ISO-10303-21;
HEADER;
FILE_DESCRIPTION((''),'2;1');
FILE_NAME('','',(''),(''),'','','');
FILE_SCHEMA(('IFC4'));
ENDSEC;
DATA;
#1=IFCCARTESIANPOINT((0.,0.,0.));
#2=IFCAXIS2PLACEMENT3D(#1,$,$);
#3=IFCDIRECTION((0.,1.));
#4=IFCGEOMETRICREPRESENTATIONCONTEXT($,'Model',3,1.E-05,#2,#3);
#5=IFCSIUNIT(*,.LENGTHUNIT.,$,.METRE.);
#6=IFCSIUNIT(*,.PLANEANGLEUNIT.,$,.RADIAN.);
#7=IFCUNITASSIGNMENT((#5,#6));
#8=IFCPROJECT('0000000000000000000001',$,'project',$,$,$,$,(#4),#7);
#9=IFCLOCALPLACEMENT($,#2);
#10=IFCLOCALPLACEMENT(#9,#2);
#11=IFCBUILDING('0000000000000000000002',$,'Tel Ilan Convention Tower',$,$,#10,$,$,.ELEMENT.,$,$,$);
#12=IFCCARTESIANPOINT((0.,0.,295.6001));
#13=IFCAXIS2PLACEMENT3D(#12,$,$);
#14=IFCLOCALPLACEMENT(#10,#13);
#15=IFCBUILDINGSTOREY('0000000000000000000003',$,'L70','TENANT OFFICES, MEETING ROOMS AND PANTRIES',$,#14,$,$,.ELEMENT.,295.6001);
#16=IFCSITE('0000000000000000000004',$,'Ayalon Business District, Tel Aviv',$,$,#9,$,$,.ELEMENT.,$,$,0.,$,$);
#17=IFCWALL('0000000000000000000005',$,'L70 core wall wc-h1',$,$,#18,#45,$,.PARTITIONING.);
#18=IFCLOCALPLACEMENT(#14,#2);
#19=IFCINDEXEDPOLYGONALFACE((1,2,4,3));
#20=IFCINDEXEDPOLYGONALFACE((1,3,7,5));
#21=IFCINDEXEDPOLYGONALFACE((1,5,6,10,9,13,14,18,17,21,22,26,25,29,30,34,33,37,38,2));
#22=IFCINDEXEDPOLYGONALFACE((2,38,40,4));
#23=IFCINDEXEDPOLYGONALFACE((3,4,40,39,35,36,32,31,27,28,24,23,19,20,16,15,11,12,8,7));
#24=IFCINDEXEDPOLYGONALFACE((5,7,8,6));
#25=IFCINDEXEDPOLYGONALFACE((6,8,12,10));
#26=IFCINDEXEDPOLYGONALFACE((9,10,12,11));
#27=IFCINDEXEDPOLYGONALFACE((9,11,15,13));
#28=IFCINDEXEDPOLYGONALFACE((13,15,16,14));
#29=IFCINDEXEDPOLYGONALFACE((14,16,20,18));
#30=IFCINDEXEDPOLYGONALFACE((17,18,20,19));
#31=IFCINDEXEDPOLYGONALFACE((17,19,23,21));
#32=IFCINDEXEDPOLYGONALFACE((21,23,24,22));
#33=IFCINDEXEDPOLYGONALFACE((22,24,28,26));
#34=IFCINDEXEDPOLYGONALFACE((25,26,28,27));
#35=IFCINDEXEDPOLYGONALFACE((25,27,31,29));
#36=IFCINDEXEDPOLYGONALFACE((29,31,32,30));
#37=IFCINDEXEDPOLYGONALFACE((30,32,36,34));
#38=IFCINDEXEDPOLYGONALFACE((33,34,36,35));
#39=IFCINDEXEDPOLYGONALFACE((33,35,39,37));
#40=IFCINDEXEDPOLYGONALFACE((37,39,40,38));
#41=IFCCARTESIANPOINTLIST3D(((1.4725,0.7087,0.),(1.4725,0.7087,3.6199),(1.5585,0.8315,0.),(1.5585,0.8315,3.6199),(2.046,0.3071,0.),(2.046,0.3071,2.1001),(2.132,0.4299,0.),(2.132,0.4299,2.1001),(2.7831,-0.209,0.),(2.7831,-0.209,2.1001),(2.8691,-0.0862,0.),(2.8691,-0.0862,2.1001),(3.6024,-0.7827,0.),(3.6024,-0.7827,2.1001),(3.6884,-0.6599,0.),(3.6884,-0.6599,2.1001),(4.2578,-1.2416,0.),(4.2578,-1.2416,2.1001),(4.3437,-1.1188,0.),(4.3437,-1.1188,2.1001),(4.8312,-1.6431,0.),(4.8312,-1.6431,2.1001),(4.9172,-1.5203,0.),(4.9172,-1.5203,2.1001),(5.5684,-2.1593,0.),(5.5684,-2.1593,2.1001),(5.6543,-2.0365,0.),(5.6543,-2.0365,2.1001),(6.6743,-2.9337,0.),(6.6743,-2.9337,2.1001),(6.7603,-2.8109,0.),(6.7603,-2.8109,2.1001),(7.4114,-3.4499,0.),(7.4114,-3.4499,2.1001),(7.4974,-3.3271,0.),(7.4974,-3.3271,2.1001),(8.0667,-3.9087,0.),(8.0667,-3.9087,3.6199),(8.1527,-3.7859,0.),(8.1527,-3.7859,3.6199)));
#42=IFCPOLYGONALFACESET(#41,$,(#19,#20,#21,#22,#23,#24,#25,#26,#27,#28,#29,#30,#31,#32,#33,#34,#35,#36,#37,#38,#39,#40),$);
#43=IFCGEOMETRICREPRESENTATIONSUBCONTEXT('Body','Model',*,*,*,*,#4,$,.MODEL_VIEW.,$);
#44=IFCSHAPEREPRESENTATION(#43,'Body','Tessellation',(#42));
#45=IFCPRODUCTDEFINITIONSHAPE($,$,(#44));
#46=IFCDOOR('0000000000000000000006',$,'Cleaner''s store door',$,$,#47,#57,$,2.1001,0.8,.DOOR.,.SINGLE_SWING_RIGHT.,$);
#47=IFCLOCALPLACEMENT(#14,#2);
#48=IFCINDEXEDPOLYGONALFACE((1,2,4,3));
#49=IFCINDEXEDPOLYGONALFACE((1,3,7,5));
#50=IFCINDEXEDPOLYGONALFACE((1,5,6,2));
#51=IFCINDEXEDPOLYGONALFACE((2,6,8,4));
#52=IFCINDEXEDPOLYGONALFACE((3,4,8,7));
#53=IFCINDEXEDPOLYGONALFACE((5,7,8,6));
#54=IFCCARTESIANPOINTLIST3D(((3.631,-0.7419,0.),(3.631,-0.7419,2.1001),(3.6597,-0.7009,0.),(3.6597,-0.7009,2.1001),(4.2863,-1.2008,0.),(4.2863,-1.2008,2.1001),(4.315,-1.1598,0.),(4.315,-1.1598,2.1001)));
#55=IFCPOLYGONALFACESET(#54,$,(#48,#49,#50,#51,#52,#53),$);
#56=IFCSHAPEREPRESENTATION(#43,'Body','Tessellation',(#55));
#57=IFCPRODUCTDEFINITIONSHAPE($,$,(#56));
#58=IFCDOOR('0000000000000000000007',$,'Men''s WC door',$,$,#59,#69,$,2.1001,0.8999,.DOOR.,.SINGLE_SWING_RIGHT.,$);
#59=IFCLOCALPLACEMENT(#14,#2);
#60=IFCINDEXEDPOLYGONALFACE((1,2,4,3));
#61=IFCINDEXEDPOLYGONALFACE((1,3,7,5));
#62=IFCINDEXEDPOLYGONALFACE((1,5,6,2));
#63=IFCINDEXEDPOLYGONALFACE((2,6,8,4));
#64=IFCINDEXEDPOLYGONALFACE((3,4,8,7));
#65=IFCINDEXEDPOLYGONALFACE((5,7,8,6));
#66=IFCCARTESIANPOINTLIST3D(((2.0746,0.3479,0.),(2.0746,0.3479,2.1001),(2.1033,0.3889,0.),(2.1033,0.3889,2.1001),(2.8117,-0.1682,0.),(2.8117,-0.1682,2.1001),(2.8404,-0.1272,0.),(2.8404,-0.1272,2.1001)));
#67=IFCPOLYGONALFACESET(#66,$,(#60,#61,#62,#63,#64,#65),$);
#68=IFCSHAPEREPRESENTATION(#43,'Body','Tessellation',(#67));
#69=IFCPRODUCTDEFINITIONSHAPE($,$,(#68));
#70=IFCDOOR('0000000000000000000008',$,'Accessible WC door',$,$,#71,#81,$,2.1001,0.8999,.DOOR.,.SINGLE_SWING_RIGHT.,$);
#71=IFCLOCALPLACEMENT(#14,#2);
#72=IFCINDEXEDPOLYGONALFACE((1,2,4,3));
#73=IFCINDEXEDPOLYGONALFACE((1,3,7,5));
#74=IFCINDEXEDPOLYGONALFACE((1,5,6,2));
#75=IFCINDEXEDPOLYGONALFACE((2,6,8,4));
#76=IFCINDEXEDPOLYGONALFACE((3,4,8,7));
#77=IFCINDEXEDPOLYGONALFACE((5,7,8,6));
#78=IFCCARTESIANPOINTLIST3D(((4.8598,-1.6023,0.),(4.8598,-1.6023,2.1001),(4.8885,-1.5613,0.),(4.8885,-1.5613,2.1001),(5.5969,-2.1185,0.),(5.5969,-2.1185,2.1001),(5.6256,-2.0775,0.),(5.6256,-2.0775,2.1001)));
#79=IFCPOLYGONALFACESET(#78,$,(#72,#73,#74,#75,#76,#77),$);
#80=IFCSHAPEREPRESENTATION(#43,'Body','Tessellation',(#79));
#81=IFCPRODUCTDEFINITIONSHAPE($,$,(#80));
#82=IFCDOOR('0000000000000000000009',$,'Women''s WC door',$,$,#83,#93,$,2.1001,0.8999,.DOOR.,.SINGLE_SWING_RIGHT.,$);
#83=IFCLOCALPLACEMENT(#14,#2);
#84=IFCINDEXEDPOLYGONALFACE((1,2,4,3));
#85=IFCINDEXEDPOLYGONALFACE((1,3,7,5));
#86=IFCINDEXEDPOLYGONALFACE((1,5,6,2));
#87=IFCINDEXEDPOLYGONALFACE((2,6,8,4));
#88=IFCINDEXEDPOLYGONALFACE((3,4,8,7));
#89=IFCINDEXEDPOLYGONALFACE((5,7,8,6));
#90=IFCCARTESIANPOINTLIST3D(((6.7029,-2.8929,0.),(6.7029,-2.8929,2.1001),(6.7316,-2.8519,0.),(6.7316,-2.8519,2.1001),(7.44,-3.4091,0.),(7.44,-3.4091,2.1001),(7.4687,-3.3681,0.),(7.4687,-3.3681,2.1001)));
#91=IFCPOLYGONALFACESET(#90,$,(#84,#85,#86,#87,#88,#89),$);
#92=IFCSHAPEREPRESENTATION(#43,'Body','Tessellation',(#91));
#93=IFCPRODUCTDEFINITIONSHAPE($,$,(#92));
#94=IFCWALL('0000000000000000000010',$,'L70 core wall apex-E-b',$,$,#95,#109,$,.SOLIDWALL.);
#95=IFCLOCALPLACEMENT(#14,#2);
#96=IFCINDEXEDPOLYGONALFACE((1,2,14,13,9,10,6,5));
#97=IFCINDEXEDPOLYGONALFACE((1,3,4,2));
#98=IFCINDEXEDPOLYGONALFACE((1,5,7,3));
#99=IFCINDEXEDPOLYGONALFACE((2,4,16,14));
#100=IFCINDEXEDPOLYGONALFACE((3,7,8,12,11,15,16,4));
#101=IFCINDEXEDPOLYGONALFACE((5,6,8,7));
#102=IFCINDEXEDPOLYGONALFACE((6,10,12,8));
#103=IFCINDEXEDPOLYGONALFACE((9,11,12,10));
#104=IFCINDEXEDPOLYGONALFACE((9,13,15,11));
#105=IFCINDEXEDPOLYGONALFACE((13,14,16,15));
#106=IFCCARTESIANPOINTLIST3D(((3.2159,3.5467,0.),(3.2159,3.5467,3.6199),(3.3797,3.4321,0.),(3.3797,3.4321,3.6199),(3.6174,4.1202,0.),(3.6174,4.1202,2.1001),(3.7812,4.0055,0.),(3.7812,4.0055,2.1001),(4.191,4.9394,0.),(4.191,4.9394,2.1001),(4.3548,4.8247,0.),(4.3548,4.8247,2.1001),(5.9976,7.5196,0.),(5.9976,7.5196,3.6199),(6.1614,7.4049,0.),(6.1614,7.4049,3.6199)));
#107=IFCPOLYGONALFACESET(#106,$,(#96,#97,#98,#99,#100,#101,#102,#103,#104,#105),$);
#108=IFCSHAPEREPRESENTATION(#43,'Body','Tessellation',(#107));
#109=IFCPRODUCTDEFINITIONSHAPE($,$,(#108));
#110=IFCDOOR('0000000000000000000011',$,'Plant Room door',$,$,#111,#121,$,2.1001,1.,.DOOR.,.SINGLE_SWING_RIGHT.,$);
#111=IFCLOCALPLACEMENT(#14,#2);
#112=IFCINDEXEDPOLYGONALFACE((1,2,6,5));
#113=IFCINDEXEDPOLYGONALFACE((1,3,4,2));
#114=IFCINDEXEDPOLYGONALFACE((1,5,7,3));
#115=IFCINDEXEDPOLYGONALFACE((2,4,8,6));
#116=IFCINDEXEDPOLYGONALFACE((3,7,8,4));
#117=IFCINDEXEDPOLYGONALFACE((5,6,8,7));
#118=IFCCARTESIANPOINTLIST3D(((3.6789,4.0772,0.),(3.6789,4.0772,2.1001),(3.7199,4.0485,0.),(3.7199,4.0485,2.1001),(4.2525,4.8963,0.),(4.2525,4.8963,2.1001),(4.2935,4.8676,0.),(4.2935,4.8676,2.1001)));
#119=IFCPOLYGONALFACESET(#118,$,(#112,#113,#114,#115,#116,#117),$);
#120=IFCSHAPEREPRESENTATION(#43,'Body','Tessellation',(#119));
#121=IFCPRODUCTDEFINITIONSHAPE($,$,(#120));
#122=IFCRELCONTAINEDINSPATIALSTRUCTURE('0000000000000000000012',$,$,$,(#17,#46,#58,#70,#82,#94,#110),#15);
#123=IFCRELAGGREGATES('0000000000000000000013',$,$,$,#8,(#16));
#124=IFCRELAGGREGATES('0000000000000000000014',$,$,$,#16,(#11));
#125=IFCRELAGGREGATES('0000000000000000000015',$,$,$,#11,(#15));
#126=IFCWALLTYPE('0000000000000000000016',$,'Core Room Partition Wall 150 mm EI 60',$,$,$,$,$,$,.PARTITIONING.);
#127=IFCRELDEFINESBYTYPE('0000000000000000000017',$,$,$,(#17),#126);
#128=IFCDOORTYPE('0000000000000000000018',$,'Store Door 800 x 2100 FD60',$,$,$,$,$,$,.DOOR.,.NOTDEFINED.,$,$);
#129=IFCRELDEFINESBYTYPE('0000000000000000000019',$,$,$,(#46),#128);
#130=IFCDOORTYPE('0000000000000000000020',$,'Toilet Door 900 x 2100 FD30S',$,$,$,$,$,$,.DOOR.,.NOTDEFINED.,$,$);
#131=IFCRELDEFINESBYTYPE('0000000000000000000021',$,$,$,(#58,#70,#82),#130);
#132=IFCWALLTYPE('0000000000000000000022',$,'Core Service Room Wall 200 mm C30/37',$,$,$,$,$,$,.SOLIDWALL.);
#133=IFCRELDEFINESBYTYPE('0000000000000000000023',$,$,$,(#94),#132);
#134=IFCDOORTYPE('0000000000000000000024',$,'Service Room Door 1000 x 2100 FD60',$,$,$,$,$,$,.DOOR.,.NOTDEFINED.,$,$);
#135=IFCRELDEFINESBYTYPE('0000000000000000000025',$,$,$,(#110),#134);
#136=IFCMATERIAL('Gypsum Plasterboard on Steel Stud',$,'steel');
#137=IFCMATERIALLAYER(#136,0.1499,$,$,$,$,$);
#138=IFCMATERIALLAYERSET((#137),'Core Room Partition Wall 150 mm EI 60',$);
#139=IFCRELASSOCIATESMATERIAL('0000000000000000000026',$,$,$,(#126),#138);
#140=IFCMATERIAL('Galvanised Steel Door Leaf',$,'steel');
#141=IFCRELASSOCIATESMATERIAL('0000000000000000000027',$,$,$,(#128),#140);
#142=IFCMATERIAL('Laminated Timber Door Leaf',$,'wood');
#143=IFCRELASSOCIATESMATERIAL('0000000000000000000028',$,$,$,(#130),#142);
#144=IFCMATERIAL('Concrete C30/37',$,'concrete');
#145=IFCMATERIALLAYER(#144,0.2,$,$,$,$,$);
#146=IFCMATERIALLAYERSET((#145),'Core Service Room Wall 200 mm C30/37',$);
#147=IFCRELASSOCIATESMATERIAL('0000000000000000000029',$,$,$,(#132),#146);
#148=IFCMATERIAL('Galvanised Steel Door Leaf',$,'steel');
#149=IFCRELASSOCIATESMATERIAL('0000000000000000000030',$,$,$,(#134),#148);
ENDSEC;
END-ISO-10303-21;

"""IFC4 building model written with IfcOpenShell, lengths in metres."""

from ifc_helpers import new_model, si_unit, direction, frame, frame_2d, origin, place, context, subcontext, project, spatial, rectangle, extrude, material, layer, layer_set, type_object, element, fill, save


model = new_model("IFC4")

# Units and contexts
model_context = context("Model", 3, precision=1e-05, world=origin(), true_north=direction((0.0, 1.0)))
body_context = subcontext(model_context, "Body", "Model", "MODEL_VIEW")
ifc_project = project(units=[si_unit("LENGTHUNIT", "METRE"), si_unit("PLANEANGLEUNIT", "RADIAN")], contexts=[model_context])

# Site, building, storey
site_placement = place(None, origin())
site = spatial("IfcSite", under=ifc_project, at=site_placement, Name="Ayalon Business District, Tel Aviv", CompositionType="ELEMENT", RefElevation=0.0)
building_placement = place(site_placement, origin())
building = spatial("IfcBuilding", under=site, at=building_placement, Name="Tel Ilan Convention Tower", CompositionType="ELEMENT")
storey_placement = place(building_placement, frame((0.0, 0.0, 295.6001)))
storey = spatial("IfcBuildingStorey", under=building, at=storey_placement, Name="L70", Description="TENANT OFFICES, MEETING ROOMS AND PANTRIES", CompositionType="ELEMENT", Elevation=295.6001)

# Wall, openings, doors
ifc_material_1 = material(Name="Gypsum Plasterboard on Steel Stud", Category="steel")
ifc_layer_1 = layer(ifc_material_1, 0.1499)
ifc_layer_set_1 = layer_set([ifc_layer_1], Name="Core Room Partition Wall 150 mm EI 60")
wall_type_1 = type_object("IfcWallType", Name="Core Room Partition Wall 150 mm EI 60", PredefinedType="PARTITIONING", material=ifc_layer_set_1)
wall_1_placement = place(storey_placement, frame((1.5156, 0.77, 0.0), z_axis=(0.0, 0.0, 1.0), x_axis=(0.819146, -0.573584, 0.0)))
wall_1 = element("IfcWall", 1, at=wall_1_placement, inside=storey, type_object=wall_type_1, Name="L70 core wall wc-h1", PredefinedType="PARTITIONING", context=body_context, shape_type="SweptSolid", body=[
    extrude(rectangle(XDim=8.05, YDim=0.1499, at=frame_2d((4.0249, 0.0))), origin(), (0.0, 0.0, 1.0), 3.6199),
])
opening_1_placement = place(wall_1_placement, frame((0.7, 0.0, 0.0)))
opening_1 = element("IfcOpeningElement", 2, at=opening_1_placement, cuts=wall_1, PredefinedType="OPENING", context=body_context, shape_type="SweptSolid", body=[
    extrude(rectangle(XDim=0.8999, YDim=2.1001, at=frame_2d((0.45, 1.05))), frame((0.0, 0.085, 0.0), z_axis=(0.0, -1.0, 0.0), x_axis=(1.0, 0.0, 0.0)), (0.0, 0.0, 1.0), 0.1699),
])
opening_2_placement = place(wall_1_placement, frame((2.6001, 0.0, 0.0)))
opening_2 = element("IfcOpeningElement", 3, at=opening_2_placement, cuts=wall_1, PredefinedType="OPENING", context=body_context, shape_type="SweptSolid", body=[
    extrude(rectangle(XDim=0.8, YDim=2.1001, at=frame_2d((0.3999, 1.05))), frame((0.0, 0.085, 0.0), z_axis=(0.0, -1.0, 0.0), x_axis=(1.0, 0.0, 0.0)), (0.0, 0.0, 1.0), 0.1699),
])
opening_3_placement = place(wall_1_placement, frame((4.1001, 0.0, 0.0)))
opening_3 = element("IfcOpeningElement", 4, at=opening_3_placement, cuts=wall_1, PredefinedType="OPENING", context=body_context, shape_type="SweptSolid", body=[
    extrude(rectangle(XDim=0.8999, YDim=2.1001, at=frame_2d((0.45, 1.05))), frame((0.0, 0.085, 0.0), z_axis=(0.0, -1.0, 0.0), x_axis=(1.0, 0.0, 0.0)), (0.0, 0.0, 1.0), 0.1699),
])
opening_4_placement = place(wall_1_placement, frame((6.3501, 0.0, 0.0)))
opening_4 = element("IfcOpeningElement", 5, at=opening_4_placement, cuts=wall_1, PredefinedType="OPENING", context=body_context, shape_type="SweptSolid", body=[
    extrude(rectangle(XDim=0.8999, YDim=2.1001, at=frame_2d((0.45, 1.05))), frame((0.0, 0.085, 0.0), z_axis=(0.0, -1.0, 0.0), x_axis=(1.0, 0.0, 0.0)), (0.0, 0.0, 1.0), 0.1699),
])
ifc_material_2 = material(Name="Galvanised Steel Door Leaf", Category="steel")
door_type_1 = type_object("IfcDoorType", Name="Store Door 800 x 2100 FD60", OperationType="NOTDEFINED", PredefinedType="DOOR", material=ifc_material_2)
door_1_placement = place(opening_2_placement, origin())
door_1 = element("IfcDoor", 6, at=door_1_placement, inside=storey, type_object=door_type_1, Name="Cleaner's store door", OperationType="SINGLE_SWING_RIGHT", OverallHeight=2.1001, OverallWidth=0.8, PredefinedType="DOOR", context=body_context, shape_type="SweptSolid", body=[
    extrude(rectangle(XDim=0.8, YDim=2.1001, at=frame_2d((0.3999, 1.05))), frame((0.0, 0.0249, 0.0), z_axis=(0.0, -1.0, 0.0), x_axis=(1.0, 0.0, 0.0)), (0.0, 0.0, 1.0), 0.05),
])
fill(opening_2, door_1)
ifc_material_3 = material(Name="Laminated Timber Door Leaf", Category="wood")
door_type_2 = type_object("IfcDoorType", Name="Toilet Door 900 x 2100 FD30S", OperationType="NOTDEFINED", PredefinedType="DOOR", material=ifc_material_3)
door_2_placement = place(opening_1_placement, origin())
door_2 = element("IfcDoor", 7, at=door_2_placement, inside=storey, type_object=door_type_2, Name="Men's WC door", OperationType="SINGLE_SWING_RIGHT", OverallHeight=2.1001, OverallWidth=0.8999, PredefinedType="DOOR", context=body_context, shape_type="SweptSolid", body=[
    extrude(rectangle(XDim=0.8999, YDim=2.1001, at=frame_2d((0.45, 1.05))), frame((0.0, 0.0249, 0.0), z_axis=(0.0, -1.0, 0.0), x_axis=(1.0, 0.0, 0.0)), (0.0, 0.0, 1.0), 0.05),
])
fill(opening_1, door_2)
door_3_placement = place(opening_3_placement, origin())
door_3 = element("IfcDoor", 8, at=door_3_placement, inside=storey, type_object=door_type_2, Name="Accessible WC door", OperationType="SINGLE_SWING_RIGHT", OverallHeight=2.1001, OverallWidth=0.8999, PredefinedType="DOOR", context=body_context, shape_type="SweptSolid", body=[
    extrude(rectangle(XDim=0.8999, YDim=2.1001, at=frame_2d((0.45, 1.05))), frame((0.0, 0.0249, 0.0), z_axis=(0.0, -1.0, 0.0), x_axis=(1.0, 0.0, 0.0)), (0.0, 0.0, 1.0), 0.05),
])
fill(opening_3, door_3)
door_4_placement = place(opening_4_placement, origin())
door_4 = element("IfcDoor", 9, at=door_4_placement, inside=storey, type_object=door_type_2, Name="Women's WC door", OperationType="SINGLE_SWING_RIGHT", OverallHeight=2.1001, OverallWidth=0.8999, PredefinedType="DOOR", context=body_context, shape_type="SweptSolid", body=[
    extrude(rectangle(XDim=0.8999, YDim=2.1001, at=frame_2d((0.45, 1.05))), frame((0.0, 0.0249, 0.0), z_axis=(0.0, -1.0, 0.0), x_axis=(1.0, 0.0, 0.0)), (0.0, 0.0, 1.0), 0.05),
])
fill(opening_4, door_4)

# Wall, opening, door
ifc_material_4 = material(Name="Concrete C30/37", Category="concrete")
ifc_layer_2 = layer(ifc_material_4, 0.2)
ifc_layer_set_2 = layer_set([ifc_layer_2], Name="Core Service Room Wall 200 mm C30/37")
wall_type_2 = type_object("IfcWallType", Name="Core Service Room Wall 200 mm C30/37", PredefinedType="SOLIDWALL", material=ifc_layer_set_2)
wall_2_placement = place(storey_placement, frame((3.2979, 3.4895, 0.0), z_axis=(0.0, 0.0, 1.0), x_axis=(0.57356, 0.819163, 0.0)))
wall_2 = element("IfcWall", 10, at=wall_2_placement, inside=storey, type_object=wall_type_2, Name="L70 core wall apex-E-b", PredefinedType="SOLIDWALL", context=body_context, shape_type="SweptSolid", body=[
    extrude(rectangle(XDim=4.8499, YDim=0.2, at=frame_2d((2.4248, 0.0))), origin(), (0.0, 0.0, 1.0), 3.6199),
])
opening_5_placement = place(wall_2_placement, frame((0.7, 0.0, 0.0)))
opening_5 = element("IfcOpeningElement", 11, at=opening_5_placement, cuts=wall_2, PredefinedType="OPENING", context=body_context, shape_type="SweptSolid", body=[
    extrude(rectangle(XDim=1.0, YDim=2.1001, at=frame_2d((0.5, 1.05))), frame((0.0, 0.1099, 0.0), z_axis=(0.0, -1.0, 0.0), x_axis=(1.0, 0.0, 0.0)), (0.0, 0.0, 1.0), 0.22),
])
ifc_material_5 = material(Name="Galvanised Steel Door Leaf", Category="steel")
door_type_3 = type_object("IfcDoorType", Name="Service Room Door 1000 x 2100 FD60", OperationType="NOTDEFINED", PredefinedType="DOOR", material=ifc_material_5)
door_5_placement = place(opening_5_placement, origin())
door_5 = element("IfcDoor", 12, at=door_5_placement, inside=storey, type_object=door_type_3, Name="Plant Room door", OperationType="SINGLE_SWING_RIGHT", OverallHeight=2.1001, OverallWidth=1.0, PredefinedType="DOOR", context=body_context, shape_type="SweptSolid", body=[
    extrude(rectangle(XDim=1.0, YDim=2.1001, at=frame_2d((0.5, 1.05))), frame((0.0, 0.0249, 0.0), z_axis=(0.0, -1.0, 0.0), x_axis=(1.0, 0.0, 0.0)), (0.0, 0.0, 1.0), 0.05),
])
fill(opening_5, door_5)

save(model, "model.ifc")
